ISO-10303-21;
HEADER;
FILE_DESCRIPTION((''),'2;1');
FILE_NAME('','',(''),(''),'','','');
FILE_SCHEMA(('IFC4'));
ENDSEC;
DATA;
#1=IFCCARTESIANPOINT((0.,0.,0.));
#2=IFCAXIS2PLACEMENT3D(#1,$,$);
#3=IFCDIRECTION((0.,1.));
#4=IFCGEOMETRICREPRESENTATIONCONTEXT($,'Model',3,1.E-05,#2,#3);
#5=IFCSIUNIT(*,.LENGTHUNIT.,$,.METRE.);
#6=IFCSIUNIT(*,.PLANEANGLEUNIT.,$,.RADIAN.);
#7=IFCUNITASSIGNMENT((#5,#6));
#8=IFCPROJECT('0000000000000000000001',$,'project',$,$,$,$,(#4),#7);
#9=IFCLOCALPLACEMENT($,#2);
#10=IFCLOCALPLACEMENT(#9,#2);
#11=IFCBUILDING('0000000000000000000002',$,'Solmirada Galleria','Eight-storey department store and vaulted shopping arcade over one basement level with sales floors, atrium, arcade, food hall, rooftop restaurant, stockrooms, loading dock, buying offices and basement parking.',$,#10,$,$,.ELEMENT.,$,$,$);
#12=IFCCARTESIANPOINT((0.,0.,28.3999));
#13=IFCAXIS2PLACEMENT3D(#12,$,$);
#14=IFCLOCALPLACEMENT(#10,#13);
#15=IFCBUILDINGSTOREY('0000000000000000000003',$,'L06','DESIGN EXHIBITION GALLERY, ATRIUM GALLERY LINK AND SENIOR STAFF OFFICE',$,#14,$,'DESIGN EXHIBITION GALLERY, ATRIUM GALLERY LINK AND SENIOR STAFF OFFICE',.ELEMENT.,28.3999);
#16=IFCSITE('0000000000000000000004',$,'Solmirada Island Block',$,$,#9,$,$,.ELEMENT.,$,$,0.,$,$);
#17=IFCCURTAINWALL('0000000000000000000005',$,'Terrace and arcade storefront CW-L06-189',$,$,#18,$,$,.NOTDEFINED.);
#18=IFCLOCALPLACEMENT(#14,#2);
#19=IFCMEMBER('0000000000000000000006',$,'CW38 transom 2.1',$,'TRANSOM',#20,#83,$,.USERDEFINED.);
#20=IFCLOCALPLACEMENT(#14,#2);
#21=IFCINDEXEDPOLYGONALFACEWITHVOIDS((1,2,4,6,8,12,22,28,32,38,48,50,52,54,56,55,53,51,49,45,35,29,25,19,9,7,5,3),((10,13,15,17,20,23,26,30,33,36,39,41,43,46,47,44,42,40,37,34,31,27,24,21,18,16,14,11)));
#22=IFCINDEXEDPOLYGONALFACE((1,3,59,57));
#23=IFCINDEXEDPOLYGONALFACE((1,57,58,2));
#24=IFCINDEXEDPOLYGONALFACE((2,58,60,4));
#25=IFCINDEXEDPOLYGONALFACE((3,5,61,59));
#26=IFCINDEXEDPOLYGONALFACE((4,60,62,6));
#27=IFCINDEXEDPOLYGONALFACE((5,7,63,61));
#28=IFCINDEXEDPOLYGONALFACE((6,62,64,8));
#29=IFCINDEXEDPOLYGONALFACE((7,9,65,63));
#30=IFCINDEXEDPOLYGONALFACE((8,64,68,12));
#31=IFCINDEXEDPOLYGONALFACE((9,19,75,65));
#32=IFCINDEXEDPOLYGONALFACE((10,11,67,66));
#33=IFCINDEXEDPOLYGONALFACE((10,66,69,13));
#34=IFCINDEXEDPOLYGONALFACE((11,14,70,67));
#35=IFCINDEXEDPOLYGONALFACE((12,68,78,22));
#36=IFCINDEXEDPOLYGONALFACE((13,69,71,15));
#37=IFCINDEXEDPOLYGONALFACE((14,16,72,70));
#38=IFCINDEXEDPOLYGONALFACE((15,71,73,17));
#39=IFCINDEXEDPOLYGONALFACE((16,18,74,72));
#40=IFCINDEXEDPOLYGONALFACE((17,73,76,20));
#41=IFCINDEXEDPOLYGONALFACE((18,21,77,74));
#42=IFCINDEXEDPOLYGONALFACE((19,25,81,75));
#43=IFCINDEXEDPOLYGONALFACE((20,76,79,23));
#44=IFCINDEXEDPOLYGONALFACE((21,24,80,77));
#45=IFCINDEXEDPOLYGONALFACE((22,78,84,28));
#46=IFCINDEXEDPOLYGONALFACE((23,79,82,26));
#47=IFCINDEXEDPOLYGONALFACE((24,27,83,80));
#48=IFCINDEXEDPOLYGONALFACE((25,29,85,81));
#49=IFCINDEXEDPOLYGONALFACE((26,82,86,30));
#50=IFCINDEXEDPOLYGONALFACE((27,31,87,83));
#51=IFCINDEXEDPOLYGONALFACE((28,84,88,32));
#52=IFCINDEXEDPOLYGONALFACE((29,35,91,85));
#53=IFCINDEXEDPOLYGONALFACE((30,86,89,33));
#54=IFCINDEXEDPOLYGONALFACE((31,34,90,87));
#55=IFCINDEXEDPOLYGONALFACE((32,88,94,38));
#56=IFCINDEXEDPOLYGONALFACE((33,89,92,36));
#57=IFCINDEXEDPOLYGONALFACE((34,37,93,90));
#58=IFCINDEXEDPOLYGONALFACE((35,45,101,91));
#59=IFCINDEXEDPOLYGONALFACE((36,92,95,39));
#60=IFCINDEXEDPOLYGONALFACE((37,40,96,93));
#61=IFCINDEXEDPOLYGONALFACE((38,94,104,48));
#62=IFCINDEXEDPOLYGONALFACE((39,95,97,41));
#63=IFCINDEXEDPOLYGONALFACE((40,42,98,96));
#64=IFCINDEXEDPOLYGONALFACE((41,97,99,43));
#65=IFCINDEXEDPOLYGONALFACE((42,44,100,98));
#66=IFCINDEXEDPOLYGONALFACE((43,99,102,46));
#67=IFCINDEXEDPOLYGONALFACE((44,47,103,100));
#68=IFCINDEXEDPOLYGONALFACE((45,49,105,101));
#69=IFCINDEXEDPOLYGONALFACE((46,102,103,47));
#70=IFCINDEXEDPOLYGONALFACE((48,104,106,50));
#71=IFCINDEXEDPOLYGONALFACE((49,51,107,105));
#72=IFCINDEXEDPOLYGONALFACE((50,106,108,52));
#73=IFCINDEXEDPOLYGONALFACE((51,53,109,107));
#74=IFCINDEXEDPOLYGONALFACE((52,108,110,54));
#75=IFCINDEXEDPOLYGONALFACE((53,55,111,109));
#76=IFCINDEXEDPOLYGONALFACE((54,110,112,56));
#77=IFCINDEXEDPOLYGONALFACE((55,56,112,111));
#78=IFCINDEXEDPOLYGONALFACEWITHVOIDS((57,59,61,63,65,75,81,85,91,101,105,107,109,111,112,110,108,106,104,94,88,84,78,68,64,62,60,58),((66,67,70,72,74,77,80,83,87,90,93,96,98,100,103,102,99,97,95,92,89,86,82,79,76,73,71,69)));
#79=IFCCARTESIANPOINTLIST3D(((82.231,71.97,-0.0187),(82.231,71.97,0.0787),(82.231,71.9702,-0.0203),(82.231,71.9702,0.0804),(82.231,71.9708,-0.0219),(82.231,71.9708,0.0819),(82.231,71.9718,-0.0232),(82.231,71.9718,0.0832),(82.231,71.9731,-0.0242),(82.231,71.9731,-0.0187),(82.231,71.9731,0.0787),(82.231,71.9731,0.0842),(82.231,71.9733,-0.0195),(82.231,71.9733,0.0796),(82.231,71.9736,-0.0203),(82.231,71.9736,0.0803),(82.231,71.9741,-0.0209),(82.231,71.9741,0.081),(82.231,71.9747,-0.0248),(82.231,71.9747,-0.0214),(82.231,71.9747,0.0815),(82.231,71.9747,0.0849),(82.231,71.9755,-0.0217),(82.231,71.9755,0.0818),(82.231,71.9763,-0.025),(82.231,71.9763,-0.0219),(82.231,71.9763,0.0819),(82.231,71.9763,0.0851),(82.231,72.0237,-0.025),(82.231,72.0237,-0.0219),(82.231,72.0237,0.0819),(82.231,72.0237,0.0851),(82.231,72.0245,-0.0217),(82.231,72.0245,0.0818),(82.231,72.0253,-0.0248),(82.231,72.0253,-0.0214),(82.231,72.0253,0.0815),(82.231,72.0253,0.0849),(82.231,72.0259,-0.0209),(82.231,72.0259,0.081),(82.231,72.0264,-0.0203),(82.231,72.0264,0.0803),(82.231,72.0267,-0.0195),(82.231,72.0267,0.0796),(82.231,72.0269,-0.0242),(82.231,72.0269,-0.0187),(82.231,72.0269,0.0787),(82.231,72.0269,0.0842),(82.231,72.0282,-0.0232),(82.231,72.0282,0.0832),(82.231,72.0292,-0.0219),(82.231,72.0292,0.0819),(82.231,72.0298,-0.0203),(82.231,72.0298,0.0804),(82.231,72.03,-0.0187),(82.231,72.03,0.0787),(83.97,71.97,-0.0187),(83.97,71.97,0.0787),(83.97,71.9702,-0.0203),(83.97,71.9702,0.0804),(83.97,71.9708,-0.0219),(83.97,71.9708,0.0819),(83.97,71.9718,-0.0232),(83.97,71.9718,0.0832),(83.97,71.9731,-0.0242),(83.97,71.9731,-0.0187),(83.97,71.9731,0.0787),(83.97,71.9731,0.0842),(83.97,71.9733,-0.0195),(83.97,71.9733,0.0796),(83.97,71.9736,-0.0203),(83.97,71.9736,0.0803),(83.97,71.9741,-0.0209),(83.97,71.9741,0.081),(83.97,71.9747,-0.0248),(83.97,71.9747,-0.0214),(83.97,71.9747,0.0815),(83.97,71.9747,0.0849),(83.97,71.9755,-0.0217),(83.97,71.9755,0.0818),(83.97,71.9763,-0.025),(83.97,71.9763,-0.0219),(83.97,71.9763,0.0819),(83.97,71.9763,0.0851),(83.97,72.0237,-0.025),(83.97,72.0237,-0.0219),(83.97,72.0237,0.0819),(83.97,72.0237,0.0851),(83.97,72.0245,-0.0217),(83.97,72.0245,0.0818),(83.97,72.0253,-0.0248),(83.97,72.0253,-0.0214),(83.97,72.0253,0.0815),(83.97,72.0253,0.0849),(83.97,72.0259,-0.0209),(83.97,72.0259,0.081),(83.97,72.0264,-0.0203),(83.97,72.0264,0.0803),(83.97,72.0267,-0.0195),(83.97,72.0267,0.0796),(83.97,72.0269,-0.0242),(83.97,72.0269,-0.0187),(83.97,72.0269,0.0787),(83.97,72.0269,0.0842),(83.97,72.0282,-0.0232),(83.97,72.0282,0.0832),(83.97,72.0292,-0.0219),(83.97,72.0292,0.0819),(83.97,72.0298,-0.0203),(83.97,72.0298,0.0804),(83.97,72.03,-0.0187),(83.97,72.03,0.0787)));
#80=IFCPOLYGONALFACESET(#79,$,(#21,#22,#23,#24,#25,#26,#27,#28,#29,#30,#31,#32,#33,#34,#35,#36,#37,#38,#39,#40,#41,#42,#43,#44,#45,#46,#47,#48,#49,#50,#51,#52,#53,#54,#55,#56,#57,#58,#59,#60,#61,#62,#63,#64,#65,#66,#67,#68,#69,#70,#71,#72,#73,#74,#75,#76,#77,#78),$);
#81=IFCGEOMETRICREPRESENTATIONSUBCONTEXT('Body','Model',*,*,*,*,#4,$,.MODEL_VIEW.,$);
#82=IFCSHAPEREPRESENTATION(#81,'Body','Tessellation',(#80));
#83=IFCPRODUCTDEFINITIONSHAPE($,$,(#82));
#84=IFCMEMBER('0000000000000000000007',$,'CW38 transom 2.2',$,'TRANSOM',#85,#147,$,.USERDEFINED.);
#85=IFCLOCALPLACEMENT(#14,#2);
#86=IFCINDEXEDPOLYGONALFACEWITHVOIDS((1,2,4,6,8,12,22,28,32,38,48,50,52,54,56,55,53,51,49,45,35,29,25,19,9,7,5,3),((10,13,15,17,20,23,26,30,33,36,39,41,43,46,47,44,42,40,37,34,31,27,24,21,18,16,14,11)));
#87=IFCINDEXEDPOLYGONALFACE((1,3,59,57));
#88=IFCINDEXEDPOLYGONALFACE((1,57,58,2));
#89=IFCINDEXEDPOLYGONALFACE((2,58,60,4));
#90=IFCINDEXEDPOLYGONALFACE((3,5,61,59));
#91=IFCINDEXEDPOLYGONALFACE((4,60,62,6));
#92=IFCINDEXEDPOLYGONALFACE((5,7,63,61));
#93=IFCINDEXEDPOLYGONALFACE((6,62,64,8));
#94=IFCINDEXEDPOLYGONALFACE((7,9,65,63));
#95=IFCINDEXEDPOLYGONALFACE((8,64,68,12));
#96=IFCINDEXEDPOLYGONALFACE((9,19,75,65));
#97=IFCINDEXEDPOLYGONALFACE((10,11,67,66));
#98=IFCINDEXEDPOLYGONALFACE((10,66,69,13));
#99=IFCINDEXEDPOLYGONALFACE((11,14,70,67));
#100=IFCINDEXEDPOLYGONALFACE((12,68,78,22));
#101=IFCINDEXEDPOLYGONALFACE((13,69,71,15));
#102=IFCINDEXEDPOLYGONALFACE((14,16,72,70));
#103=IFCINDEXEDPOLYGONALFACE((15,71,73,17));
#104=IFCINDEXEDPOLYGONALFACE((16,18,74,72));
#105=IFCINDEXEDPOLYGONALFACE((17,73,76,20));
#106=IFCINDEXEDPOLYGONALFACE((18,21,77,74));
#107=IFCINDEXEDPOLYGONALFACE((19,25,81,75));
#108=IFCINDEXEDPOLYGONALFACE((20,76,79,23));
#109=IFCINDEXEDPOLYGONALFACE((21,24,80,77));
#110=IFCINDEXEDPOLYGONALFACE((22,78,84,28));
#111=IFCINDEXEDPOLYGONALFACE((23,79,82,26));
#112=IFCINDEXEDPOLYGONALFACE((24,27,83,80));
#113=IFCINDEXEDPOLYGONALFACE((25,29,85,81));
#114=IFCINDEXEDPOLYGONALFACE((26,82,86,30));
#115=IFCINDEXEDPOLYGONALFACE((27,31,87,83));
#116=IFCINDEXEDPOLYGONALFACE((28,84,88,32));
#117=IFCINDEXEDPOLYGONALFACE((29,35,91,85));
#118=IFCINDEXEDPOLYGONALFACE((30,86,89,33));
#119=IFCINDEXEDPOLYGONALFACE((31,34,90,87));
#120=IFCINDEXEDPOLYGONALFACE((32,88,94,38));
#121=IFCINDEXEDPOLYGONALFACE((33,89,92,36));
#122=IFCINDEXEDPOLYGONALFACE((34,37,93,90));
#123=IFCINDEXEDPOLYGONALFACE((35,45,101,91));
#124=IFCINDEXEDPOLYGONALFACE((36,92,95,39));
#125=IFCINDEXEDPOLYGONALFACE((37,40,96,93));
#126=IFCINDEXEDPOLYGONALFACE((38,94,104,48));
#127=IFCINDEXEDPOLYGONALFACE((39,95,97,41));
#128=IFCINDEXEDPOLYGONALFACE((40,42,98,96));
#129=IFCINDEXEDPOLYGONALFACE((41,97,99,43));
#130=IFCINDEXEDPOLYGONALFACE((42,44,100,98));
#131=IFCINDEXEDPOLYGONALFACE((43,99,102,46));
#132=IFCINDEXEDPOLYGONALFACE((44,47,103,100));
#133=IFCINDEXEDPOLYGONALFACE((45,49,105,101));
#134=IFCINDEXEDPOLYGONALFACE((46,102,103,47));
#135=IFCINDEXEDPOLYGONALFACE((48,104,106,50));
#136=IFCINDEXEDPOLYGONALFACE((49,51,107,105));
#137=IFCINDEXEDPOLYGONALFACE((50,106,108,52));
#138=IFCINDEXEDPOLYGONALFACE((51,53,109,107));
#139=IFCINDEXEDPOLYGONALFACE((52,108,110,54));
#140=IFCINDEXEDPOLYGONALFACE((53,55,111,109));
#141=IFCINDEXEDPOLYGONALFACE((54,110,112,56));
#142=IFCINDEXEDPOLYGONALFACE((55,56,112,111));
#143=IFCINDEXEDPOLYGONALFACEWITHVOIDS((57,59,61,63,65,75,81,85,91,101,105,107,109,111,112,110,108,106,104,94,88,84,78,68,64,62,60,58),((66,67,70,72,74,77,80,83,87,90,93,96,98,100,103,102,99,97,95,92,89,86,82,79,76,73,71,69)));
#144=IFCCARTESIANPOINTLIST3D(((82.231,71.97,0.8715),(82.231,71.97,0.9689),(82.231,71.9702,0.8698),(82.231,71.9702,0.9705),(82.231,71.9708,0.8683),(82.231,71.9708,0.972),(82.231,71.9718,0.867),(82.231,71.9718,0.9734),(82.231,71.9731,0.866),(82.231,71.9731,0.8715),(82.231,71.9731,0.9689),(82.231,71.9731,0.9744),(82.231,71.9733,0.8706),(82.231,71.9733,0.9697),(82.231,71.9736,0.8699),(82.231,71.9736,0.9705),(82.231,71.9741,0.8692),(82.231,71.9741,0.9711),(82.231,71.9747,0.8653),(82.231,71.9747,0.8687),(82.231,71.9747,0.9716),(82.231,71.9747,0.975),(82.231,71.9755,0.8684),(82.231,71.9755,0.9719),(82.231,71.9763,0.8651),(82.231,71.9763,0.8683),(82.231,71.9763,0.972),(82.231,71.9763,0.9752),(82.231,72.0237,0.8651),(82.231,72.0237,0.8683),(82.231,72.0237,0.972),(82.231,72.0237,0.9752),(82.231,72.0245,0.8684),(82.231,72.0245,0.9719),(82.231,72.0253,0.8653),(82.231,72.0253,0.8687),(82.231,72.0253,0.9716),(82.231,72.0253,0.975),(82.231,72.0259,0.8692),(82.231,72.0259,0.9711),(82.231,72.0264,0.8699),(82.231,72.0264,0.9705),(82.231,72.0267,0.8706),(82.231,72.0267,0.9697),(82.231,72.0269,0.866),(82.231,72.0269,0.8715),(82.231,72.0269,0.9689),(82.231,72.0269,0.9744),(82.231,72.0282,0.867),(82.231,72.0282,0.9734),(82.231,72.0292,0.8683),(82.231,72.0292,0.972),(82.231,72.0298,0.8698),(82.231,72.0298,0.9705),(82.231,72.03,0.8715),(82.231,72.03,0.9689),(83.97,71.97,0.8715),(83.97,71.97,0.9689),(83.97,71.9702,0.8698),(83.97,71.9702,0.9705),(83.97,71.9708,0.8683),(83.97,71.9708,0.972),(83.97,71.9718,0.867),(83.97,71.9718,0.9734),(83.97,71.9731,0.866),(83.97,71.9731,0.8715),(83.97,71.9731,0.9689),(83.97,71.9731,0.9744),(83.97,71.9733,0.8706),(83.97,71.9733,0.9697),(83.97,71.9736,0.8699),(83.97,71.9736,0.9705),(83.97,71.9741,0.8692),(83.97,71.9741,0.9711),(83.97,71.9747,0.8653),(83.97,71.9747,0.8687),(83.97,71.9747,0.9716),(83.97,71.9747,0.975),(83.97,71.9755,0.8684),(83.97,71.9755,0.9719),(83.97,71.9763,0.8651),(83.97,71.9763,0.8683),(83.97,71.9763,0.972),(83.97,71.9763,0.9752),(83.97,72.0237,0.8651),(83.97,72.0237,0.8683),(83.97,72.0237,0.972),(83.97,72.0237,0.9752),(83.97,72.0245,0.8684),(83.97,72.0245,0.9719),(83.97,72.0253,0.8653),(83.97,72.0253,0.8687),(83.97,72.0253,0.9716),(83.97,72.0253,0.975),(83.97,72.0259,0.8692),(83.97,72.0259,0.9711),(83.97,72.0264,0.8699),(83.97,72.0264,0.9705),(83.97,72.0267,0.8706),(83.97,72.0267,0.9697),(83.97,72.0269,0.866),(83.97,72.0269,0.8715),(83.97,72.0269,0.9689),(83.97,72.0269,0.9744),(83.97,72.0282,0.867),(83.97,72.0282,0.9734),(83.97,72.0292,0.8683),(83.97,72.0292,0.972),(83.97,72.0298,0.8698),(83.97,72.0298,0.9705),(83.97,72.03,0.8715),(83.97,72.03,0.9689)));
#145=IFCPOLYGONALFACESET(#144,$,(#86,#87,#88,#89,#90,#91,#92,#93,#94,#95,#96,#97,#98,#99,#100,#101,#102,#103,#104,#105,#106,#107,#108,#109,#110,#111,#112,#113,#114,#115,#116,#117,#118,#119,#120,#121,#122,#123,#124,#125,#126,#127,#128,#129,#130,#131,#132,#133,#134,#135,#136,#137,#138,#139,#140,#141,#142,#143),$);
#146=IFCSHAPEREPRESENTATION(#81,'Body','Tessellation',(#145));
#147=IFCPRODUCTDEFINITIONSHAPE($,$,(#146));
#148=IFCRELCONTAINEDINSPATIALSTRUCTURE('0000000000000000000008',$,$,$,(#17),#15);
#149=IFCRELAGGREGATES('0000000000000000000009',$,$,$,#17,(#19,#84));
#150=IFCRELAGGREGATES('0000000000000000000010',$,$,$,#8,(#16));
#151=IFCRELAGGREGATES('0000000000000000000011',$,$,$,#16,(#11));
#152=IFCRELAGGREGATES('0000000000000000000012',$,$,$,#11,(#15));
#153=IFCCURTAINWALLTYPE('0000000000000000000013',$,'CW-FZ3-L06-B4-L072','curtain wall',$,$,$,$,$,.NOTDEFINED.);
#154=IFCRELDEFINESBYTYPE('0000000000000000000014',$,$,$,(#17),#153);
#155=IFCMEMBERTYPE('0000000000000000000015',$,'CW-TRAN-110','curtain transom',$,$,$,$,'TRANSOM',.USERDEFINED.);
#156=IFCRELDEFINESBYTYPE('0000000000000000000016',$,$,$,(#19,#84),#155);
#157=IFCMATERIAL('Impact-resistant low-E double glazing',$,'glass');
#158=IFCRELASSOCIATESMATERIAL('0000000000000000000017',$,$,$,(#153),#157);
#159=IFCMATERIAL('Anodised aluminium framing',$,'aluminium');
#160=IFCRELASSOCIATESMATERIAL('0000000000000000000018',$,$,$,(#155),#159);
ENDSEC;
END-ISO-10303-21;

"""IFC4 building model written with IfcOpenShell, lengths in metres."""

from ifc_helpers import new_model, si_unit, direction, frame, origin, origin_2d, place, context, subcontext, project, spatial, hollow_rectangle, extrude, material, material_profile, profile_set, type_object, element, aggregate, save


model = new_model("IFC4")

# Units and contexts
model_context = context("Model", 3, precision=1e-05, world=origin(), true_north=direction((0.0, 1.0)))
body_context = subcontext(model_context, "Body", "Model", "MODEL_VIEW")
ifc_project = project(units=[si_unit("LENGTHUNIT", "METRE"), si_unit("PLANEANGLEUNIT", "RADIAN")], contexts=[model_context])

# Site, building, storey
site_placement = place(None, origin())
site = spatial("IfcSite", under=ifc_project, at=site_placement, Name="Solmirada Island Block", CompositionType="ELEMENT", RefElevation=0.0)
building_placement = place(site_placement, origin())
building = spatial("IfcBuilding", under=site, at=building_placement, Name="Solmirada Galleria", Description="Eight-storey department store and vaulted shopping arcade over one basement level with sales floors, atrium, arcade, food hall, rooftop restaurant, stockrooms, loading dock, buying offices and basement parking.", CompositionType="ELEMENT")
storey_placement = place(building_placement, frame((0.0, 0.0, 28.3999)))
storey = spatial("IfcBuildingStorey", under=building, at=storey_placement, Name="L06", Description="DESIGN EXHIBITION GALLERY, ATRIUM GALLERY LINK AND SENIOR STAFF OFFICE", LongName="DESIGN EXHIBITION GALLERY, ATRIUM GALLERY LINK AND SENIOR STAFF OFFICE", CompositionType="ELEMENT", Elevation=28.3999)

# Curtain wall, members
ifc_material_1 = material(Name="Impact-resistant low-E double glazing", Category="glass")
curtain_wall_type = type_object("IfcCurtainWallType", Name="CW-FZ3-L06-B4-L072", Description="curtain wall", PredefinedType="NOTDEFINED", material=ifc_material_1)
curtain_wall_placement = place(storey_placement, origin())
curtain_wall = element("IfcCurtainWall", 1, at=curtain_wall_placement, inside=storey, type_object=curtain_wall_type, Name="Terrace and arcade storefront CW-L06-189", PredefinedType="NOTDEFINED")
ifc_material_2 = material(Name="Anodised aluminium framing", Category="aluminium")
ifc_material_profile_1 = material_profile(ifc_material_2, hollow_rectangle(XDim=0.0601, YDim=0.1101, WallThickness=0.0032, InnerFilletRadius=0.0032, OuterFilletRadius=0.0063, at=origin_2d()), Name="ALU-TRAN-110X60")
ifc_profile_set_1 = profile_set([ifc_material_profile_1], Name="Anodised aluminium framing")
member_type_1 = type_object("IfcMemberType", Name="CW-TRAN-110", Description="curtain transom", ElementType="TRANSOM", PredefinedType="USERDEFINED", material=ifc_profile_set_1)
member_1_placement = place(storey_placement, frame((82.231, 72.0, 0.03), z_axis=(1.0, 0.0, 0.0), x_axis=(0.0, 1.0, 0.0)))
member_1 = element("IfcMember", 2, at=member_1_placement, type_object=member_type_1, Name="CW38 transom 2.1", ObjectType="TRANSOM", PredefinedType="USERDEFINED", context=body_context, shape_type="SweptSolid", body=[
    extrude(hollow_rectangle(XDim=0.0601, YDim=0.1101, WallThickness=0.0032, InnerFilletRadius=0.0032, OuterFilletRadius=0.0063, at=origin_2d()), origin(), (0.0, 0.0, 1.0), 1.739),
])
member_2_placement = place(storey_placement, frame((82.231, 72.0, 0.9202), z_axis=(1.0, 0.0, 0.0), x_axis=(0.0, 1.0, 0.0)))
member_2 = element("IfcMember", 3, at=member_2_placement, type_object=member_type_1, Name="CW38 transom 2.2", ObjectType="TRANSOM", PredefinedType="USERDEFINED", context=body_context, shape_type="SweptSolid", body=[
    extrude(hollow_rectangle(XDim=0.0601, YDim=0.1101, WallThickness=0.0032, InnerFilletRadius=0.0032, OuterFilletRadius=0.0063, at=origin_2d()), origin(), (0.0, 0.0, 1.0), 1.739),
])
aggregate(curtain_wall, [member_1, member_2])

save(model, "model.ifc")
